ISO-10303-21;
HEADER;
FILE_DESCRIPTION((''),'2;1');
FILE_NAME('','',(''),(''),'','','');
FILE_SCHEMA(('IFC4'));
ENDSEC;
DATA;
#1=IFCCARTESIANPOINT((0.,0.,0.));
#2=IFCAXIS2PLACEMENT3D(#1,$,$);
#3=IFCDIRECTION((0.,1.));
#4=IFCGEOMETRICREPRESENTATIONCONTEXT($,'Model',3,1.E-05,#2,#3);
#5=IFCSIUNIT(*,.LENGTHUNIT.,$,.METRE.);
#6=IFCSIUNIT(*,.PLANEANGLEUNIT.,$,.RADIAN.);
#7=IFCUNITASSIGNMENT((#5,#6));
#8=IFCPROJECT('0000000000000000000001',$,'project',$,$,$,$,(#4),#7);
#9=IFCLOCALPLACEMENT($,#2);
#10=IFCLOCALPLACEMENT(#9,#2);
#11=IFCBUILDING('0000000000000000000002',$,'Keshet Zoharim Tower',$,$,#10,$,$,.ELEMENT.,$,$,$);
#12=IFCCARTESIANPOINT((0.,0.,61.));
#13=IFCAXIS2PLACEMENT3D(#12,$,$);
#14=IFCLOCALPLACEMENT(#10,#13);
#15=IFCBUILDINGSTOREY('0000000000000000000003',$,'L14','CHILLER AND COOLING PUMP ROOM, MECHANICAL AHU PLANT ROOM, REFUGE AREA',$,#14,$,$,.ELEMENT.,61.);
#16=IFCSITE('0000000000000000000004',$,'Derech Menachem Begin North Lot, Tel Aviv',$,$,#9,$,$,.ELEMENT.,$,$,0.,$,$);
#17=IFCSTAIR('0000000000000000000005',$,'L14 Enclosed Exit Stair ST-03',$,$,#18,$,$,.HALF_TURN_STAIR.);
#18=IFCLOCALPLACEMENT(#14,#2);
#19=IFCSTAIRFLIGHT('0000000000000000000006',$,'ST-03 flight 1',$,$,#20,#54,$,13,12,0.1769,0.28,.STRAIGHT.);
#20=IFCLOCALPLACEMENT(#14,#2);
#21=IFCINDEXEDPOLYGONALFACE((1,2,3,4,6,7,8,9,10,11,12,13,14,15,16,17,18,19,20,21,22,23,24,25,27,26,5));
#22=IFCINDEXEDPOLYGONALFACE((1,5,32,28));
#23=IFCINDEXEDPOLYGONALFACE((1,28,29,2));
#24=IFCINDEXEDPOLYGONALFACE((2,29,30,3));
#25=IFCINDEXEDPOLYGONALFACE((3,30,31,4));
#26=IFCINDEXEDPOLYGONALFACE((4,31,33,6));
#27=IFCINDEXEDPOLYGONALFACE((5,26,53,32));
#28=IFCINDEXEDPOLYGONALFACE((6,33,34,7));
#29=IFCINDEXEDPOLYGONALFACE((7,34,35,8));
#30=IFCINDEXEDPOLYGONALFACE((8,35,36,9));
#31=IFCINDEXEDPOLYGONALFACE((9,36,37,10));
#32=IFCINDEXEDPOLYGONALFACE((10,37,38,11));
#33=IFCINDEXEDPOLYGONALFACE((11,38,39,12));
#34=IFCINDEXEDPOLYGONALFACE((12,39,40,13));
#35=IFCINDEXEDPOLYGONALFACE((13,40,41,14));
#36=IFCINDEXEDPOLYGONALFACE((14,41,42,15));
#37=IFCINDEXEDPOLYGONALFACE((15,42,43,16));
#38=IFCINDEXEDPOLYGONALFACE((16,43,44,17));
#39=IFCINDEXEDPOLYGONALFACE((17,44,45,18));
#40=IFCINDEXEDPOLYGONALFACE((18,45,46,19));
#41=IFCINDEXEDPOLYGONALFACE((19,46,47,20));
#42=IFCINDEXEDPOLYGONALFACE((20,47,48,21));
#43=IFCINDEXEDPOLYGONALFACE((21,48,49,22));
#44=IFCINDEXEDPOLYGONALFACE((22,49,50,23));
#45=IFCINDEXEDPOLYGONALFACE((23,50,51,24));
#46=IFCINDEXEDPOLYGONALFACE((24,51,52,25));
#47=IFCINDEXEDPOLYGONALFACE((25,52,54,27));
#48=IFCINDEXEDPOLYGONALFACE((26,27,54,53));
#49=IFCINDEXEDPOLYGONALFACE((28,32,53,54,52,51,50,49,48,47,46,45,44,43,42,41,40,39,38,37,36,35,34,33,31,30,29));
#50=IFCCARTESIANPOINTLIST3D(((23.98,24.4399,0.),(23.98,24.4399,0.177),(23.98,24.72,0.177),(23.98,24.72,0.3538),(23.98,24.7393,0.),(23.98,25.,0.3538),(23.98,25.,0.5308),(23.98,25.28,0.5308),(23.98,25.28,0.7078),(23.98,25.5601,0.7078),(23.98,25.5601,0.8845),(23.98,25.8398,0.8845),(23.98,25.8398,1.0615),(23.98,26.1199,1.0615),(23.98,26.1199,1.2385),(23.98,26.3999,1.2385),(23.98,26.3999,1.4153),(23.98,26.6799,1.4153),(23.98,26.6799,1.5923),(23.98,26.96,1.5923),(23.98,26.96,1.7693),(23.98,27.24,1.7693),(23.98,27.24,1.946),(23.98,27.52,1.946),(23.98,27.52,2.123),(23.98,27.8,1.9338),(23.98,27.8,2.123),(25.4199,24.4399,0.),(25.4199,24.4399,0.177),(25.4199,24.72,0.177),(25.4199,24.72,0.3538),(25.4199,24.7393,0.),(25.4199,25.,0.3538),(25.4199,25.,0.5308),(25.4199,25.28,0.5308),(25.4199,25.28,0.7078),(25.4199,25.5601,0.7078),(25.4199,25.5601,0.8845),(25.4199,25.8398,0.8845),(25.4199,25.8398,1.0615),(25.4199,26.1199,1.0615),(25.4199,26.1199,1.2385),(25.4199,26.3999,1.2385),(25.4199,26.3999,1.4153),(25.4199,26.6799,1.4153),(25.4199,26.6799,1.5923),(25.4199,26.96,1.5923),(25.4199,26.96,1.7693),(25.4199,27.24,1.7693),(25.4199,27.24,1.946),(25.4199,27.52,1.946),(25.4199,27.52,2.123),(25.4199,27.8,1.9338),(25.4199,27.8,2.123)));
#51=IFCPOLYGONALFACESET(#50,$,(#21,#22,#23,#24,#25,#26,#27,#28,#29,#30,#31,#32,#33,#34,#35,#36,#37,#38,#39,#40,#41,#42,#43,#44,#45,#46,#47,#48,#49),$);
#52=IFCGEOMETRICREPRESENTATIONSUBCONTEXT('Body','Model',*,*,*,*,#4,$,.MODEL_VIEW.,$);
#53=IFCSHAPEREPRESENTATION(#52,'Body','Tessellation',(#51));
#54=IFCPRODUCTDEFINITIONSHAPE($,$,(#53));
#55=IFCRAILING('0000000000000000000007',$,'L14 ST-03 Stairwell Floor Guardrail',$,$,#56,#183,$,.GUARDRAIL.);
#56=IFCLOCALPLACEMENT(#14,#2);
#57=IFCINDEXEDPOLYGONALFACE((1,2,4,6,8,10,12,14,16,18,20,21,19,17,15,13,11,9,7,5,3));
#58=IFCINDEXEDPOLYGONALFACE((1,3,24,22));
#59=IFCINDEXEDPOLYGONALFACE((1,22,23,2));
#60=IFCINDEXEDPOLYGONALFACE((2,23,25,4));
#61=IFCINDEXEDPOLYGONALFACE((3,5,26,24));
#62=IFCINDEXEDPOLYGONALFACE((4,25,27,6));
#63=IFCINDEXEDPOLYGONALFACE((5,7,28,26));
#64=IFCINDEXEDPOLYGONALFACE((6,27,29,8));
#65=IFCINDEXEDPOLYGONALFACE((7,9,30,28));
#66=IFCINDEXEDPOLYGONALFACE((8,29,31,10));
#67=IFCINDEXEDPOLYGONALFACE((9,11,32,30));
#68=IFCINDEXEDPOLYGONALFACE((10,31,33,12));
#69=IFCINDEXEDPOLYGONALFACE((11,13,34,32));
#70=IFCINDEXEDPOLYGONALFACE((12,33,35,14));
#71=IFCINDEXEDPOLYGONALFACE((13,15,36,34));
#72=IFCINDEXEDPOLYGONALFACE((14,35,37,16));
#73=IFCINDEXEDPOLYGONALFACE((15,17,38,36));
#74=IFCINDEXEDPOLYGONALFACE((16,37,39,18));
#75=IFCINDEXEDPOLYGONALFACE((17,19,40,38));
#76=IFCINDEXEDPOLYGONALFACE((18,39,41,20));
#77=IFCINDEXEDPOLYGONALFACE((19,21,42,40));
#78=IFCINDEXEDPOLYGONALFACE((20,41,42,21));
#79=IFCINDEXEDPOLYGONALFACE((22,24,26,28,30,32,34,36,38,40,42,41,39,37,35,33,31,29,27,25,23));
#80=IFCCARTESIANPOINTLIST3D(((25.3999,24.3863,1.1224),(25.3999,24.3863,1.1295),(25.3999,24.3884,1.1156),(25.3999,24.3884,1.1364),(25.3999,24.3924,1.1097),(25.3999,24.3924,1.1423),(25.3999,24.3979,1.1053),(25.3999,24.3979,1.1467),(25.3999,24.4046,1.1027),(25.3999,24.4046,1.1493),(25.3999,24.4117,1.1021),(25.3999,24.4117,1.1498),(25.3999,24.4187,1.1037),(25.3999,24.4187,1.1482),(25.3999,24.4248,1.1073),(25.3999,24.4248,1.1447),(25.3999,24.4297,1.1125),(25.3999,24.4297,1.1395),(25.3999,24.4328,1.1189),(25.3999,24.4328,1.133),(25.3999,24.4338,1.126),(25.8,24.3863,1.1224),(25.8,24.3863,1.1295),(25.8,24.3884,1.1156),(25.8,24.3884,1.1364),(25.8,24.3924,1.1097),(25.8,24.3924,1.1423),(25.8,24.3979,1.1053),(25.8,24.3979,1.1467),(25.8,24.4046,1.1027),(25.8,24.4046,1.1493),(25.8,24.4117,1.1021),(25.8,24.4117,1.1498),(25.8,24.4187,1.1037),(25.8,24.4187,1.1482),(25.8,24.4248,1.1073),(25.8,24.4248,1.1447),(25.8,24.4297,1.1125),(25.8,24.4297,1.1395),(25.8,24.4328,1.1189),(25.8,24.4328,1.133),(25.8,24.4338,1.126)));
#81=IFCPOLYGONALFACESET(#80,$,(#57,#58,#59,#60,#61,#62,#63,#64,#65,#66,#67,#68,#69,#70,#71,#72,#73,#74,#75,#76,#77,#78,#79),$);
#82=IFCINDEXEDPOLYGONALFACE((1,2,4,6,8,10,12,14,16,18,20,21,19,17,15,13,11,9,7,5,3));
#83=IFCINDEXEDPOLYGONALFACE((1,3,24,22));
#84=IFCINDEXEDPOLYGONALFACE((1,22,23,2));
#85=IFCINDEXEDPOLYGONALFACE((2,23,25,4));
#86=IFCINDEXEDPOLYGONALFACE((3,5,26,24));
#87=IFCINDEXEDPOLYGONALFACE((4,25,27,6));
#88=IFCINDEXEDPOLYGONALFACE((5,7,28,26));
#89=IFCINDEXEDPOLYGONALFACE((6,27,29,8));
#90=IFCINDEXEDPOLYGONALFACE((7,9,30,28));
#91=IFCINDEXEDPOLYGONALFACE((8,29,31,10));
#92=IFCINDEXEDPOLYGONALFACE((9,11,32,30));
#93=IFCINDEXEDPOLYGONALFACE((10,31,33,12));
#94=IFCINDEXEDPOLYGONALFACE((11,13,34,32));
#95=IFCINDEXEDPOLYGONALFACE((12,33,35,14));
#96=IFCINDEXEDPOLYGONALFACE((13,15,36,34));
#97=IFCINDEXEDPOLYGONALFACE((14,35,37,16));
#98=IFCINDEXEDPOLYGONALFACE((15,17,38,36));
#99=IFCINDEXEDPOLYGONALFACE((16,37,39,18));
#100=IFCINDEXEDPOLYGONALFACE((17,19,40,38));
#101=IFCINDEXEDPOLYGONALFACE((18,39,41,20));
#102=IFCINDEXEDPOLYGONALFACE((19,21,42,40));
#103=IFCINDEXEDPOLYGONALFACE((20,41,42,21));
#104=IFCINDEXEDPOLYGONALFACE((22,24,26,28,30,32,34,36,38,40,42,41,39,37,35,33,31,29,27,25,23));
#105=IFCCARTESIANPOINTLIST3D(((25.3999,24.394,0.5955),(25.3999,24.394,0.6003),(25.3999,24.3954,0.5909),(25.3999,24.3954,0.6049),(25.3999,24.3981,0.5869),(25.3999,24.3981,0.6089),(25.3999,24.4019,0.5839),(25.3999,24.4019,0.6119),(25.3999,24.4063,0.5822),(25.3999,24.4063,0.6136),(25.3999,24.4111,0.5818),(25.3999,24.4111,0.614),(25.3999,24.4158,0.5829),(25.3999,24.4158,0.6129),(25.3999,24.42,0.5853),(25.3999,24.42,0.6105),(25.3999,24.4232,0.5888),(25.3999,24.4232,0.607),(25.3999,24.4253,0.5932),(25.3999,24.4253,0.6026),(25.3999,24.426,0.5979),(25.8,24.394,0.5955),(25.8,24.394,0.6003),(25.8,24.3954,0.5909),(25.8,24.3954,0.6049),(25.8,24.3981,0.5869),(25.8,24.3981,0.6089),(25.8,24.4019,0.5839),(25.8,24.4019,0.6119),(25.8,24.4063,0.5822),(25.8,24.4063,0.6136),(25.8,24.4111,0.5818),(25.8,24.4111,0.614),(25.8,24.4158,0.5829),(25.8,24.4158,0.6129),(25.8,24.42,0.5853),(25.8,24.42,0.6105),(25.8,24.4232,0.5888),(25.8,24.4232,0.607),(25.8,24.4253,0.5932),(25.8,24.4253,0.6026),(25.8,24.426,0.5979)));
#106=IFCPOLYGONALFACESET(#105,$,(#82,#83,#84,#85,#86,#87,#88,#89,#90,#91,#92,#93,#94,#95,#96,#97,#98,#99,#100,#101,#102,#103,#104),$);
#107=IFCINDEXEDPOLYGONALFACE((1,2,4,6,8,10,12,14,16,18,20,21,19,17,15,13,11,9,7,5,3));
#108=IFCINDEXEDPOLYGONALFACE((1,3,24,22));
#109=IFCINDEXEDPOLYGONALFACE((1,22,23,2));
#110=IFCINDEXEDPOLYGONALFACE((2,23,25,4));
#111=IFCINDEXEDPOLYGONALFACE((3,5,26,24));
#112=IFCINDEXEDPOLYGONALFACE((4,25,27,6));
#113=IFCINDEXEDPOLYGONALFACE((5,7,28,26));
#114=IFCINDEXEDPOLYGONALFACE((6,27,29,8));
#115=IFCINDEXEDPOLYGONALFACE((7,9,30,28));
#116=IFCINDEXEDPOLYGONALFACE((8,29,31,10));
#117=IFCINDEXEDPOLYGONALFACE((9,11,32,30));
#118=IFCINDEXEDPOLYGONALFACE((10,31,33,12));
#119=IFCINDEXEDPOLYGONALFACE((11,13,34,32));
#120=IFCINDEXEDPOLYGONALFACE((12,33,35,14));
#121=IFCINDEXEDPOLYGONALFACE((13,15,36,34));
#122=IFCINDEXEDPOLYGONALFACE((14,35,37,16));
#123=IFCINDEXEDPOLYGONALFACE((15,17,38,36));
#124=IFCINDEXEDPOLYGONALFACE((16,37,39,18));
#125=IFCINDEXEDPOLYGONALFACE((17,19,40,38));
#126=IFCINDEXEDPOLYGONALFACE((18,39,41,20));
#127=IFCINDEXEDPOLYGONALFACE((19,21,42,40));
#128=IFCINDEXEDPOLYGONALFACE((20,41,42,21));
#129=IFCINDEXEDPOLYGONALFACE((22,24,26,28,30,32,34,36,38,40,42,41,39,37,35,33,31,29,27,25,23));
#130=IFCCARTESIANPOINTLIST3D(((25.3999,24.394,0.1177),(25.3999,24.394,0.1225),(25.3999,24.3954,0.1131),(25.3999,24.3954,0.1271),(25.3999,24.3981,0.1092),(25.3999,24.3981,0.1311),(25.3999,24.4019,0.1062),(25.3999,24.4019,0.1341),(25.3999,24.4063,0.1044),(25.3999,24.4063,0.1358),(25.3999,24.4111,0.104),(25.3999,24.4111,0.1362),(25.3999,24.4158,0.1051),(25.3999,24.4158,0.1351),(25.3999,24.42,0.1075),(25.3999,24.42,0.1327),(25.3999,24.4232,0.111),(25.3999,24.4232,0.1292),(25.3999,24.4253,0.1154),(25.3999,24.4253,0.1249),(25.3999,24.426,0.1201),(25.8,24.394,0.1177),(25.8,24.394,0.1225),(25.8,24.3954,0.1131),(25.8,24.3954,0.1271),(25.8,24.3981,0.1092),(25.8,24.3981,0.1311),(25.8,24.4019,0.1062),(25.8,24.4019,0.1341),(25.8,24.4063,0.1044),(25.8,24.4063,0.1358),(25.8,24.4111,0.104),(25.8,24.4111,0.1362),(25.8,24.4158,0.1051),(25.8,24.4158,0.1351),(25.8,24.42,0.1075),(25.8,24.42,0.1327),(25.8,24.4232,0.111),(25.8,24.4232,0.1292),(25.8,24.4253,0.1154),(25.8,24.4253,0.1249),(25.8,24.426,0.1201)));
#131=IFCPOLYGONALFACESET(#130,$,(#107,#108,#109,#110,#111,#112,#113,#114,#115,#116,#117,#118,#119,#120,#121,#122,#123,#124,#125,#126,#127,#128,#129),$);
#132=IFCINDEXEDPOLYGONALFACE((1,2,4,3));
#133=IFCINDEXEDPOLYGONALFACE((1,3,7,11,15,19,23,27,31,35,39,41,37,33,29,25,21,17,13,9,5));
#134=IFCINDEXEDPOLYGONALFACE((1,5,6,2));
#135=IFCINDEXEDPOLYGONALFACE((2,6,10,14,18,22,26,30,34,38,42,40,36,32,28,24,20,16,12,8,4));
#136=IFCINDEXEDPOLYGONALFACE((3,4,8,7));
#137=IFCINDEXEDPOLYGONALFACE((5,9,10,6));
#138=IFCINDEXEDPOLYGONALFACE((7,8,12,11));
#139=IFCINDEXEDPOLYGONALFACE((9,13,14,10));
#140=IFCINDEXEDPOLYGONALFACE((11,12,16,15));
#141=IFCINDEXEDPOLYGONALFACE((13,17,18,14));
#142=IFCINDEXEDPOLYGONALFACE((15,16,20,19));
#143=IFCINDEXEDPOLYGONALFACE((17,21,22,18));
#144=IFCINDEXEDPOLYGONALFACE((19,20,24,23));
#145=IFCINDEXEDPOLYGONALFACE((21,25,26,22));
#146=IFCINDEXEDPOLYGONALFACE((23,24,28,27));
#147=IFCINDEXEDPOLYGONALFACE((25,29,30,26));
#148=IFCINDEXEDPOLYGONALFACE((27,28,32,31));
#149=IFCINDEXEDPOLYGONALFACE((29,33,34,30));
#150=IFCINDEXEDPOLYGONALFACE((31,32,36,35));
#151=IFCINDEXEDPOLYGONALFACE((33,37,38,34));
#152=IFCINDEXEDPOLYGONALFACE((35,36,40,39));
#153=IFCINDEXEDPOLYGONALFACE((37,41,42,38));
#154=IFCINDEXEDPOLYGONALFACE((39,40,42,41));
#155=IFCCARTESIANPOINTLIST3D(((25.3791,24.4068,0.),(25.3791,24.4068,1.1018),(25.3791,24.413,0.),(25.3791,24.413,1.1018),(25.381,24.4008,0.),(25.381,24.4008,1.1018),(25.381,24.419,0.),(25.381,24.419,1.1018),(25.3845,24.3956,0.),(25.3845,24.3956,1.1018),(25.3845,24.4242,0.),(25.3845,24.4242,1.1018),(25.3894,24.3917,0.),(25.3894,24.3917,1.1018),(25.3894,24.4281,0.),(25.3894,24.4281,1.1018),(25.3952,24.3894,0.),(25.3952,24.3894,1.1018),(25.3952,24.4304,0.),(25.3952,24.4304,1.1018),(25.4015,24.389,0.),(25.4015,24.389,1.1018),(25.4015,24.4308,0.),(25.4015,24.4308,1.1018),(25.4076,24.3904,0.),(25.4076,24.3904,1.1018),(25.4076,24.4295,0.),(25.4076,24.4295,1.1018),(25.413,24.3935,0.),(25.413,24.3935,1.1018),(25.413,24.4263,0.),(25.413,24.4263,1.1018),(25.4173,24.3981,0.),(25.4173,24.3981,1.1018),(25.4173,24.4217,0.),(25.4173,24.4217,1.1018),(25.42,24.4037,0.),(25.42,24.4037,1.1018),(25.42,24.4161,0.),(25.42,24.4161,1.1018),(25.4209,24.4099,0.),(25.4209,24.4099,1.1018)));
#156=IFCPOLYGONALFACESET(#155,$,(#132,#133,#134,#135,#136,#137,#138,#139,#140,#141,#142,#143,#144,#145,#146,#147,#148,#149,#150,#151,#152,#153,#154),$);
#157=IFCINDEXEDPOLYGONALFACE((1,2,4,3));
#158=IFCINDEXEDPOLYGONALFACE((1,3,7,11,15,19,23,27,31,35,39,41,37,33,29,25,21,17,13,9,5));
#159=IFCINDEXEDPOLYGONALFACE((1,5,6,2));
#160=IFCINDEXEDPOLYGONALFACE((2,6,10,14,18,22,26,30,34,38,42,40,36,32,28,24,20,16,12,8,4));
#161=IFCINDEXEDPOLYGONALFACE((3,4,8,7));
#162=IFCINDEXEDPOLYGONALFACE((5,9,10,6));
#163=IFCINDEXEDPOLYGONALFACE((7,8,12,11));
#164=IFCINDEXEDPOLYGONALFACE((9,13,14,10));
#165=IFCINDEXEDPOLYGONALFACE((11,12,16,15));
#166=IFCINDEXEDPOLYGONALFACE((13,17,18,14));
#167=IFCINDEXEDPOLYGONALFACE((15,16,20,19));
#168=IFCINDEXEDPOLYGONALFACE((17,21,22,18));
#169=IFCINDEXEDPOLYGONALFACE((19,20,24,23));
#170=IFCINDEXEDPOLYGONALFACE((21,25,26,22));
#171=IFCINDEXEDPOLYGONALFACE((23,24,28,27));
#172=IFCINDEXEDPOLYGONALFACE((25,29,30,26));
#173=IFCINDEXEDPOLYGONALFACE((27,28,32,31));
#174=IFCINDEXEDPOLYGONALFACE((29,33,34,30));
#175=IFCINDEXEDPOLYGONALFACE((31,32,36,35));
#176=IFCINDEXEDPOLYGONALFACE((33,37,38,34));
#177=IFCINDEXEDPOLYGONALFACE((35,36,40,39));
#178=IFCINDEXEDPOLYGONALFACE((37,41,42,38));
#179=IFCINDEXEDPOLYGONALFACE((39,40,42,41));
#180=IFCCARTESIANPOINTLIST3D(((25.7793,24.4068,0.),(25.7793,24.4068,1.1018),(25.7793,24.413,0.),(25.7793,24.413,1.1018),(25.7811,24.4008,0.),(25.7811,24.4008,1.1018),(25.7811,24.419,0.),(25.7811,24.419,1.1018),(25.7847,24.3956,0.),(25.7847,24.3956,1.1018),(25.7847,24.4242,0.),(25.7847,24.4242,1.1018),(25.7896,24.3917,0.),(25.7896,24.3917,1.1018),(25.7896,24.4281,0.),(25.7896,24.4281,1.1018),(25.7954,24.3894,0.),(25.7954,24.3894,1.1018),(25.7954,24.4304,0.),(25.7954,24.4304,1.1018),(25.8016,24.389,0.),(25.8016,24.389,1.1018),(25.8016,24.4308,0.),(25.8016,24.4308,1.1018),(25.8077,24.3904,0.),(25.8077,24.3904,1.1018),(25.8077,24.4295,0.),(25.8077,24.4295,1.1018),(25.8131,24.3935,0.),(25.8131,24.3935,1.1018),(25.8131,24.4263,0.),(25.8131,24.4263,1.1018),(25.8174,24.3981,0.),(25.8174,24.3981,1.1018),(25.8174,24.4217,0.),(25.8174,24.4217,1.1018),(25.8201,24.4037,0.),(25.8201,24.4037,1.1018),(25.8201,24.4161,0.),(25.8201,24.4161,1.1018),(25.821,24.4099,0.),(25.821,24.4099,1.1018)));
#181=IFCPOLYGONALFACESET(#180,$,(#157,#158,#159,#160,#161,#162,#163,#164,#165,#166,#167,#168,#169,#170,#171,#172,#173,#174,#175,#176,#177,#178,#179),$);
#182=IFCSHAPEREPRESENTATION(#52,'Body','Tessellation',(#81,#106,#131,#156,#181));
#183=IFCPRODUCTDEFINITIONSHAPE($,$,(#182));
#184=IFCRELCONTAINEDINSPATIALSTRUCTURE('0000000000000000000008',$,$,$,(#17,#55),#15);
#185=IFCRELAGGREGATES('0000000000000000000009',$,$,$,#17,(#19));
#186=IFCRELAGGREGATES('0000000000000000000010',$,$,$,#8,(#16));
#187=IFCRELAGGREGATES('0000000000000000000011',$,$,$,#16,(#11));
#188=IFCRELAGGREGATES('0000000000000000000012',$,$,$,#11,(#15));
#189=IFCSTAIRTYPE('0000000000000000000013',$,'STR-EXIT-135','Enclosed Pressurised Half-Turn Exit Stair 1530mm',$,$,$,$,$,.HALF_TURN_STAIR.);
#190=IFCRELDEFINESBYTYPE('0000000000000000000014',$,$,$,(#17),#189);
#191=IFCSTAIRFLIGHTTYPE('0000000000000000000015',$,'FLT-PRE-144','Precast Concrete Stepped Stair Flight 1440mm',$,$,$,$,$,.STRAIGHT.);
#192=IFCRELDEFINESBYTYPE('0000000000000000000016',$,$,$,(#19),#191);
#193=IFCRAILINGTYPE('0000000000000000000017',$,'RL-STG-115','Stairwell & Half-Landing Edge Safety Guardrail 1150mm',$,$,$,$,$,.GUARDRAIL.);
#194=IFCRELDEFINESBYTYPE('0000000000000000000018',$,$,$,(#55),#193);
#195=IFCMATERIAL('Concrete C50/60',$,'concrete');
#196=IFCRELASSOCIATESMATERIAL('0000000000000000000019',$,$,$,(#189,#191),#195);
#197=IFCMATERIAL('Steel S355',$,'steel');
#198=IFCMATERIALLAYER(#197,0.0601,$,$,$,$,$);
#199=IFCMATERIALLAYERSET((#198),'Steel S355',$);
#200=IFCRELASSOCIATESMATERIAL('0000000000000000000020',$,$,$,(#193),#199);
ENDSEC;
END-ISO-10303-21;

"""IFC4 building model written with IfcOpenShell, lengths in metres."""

from ifc_helpers import new_model, si_unit, direction, frame, origin, origin_2d, place, context, subcontext, project, spatial, polyline, circle, outline, extrude, material, layer, layer_set, type_object, element, aggregate, save


model = new_model("IFC4")

# Units and contexts
model_context = context("Model", 3, precision=1e-05, world=origin(), true_north=direction((0.0, 1.0)))
body_context = subcontext(model_context, "Body", "Model", "MODEL_VIEW")
ifc_project = project(units=[si_unit("LENGTHUNIT", "METRE"), si_unit("PLANEANGLEUNIT", "RADIAN")], contexts=[model_context])

# Site, building, storey
site_placement = place(None, origin())
site = spatial("IfcSite", under=ifc_project, at=site_placement, Name="Derech Menachem Begin North Lot, Tel Aviv", CompositionType="ELEMENT", RefElevation=0.0)
building_placement = place(site_placement, origin())
building = spatial("IfcBuilding", under=site, at=building_placement, Name="Keshet Zoharim Tower", CompositionType="ELEMENT")
storey_placement = place(building_placement, frame((0.0, 0.0, 61.0)))
storey = spatial("IfcBuildingStorey", under=building, at=storey_placement, Name="L14", Description="CHILLER AND COOLING PUMP ROOM, MECHANICAL AHU PLANT ROOM, REFUGE AREA", CompositionType="ELEMENT", Elevation=61.0)

# Shared definitions
ifc_material_1 = material(Name="Steel S355", Category="steel")

# Stair, stair flight
ifc_material_2 = material(Name="Concrete C50/60", Category="concrete")
stair_type = type_object("IfcStairType", Name="STR-EXIT-135", Description="Enclosed Pressurised Half-Turn Exit Stair 1530mm", PredefinedType="HALF_TURN_STAIR", material=ifc_material_2)
stair_placement = place(storey_placement, origin())
stair = element("IfcStair", 1, at=stair_placement, inside=storey, type_object=stair_type, Name="L14 Enclosed Exit Stair ST-03", PredefinedType="HALF_TURN_STAIR")
stair_flight_type = type_object("IfcStairFlightType", Name="FLT-PRE-144", Description="Precast Concrete Stepped Stair Flight 1440mm", PredefinedType="STRAIGHT", material=ifc_material_2)
stair_flight_placement = place(storey_placement, frame((24.7, 24.4399, 0.0), z_axis=(0.0, 0.0, 1.0), x_axis=(0.0, 1.0, 0.0)))
stair_flight = element("IfcStairFlight", 2, at=stair_flight_placement, type_object=stair_flight_type, Name="ST-03 flight 1", NumberOfRisers=13, NumberOfTreads=12, PredefinedType="STRAIGHT", RiserHeight=0.1769, TreadLength=0.28, context=body_context, shape_type="SweptSolid", body=[
    extrude(outline(polyline([(0.0, 0.0), (0.0, 0.177), (0.28, 0.177), (0.28, 0.3538), (0.5601, 0.3538), (0.5601, 0.5308), (0.8401, 0.5308), (0.8401, 0.7078), (1.1201, 0.7078), (1.1201, 0.8845), (1.3999, 0.8845), (1.3999, 1.0615), (1.6799, 1.0615), (1.6799, 1.2385), (1.96, 1.2385), (1.96, 1.4153), (2.24, 1.4153), (2.24, 1.5923), (2.52, 1.5923), (2.52, 1.7693), (2.8, 1.7693), (2.8, 1.946), (3.0801, 1.946), (3.0801, 2.123), (3.3601, 2.123), (3.3601, 2.3), (3.3601, 1.9338), (0.2993, 0.0), (0.0, 0.0)])), frame((0.0, 0.72, 0.0), z_axis=(0.0, -1.0, 0.0), x_axis=(1.0, 0.0, 0.0)), (0.0, 0.0, 1.0), 1.4399),
])
aggregate(stair, [stair_flight])

# Railing
ifc_layer_1 = layer(ifc_material_1, 0.0601)
ifc_layer_set_1 = layer_set([ifc_layer_1], Name="Steel S355")
railing_type_1 = type_object("IfcRailingType", Name="RL-STG-115", Description="Stairwell & Half-Landing Edge Safety Guardrail 1150mm", PredefinedType="GUARDRAIL", material=ifc_layer_set_1)
railing_1_placement = place(storey_placement, frame((25.3999, 24.4099, 0.0)))
element("IfcRailing", 3, at=railing_1_placement, inside=storey, type_object=railing_type_1, Name="L14 ST-03 Stairwell Floor Guardrail", PredefinedType="GUARDRAIL", context=body_context, shape_type="SweptSolid", body=[
    extrude(circle(Radius=0.0239, at=origin_2d()), frame((0.0, 0.0, 1.126), z_axis=(1.0, 0.0, 0.0), x_axis=(0.0, 1.0, 0.0)), (0.0, 0.0, 1.0), 0.4001),
    extrude(circle(Radius=0.0161, at=origin_2d()), frame((0.0, 0.0, 0.5979), z_axis=(1.0, 0.0, 0.0), x_axis=(0.0, 1.0, 0.0)), (0.0, 0.0, 1.0), 0.4001),
    extrude(circle(Radius=0.0161, at=origin_2d()), frame((0.0, 0.0, 0.1201), z_axis=(1.0, 0.0, 0.0), x_axis=(0.0, 1.0, 0.0)), (0.0, 0.0, 1.0), 0.4001),
    extrude(circle(Radius=0.021, at=origin_2d()), origin(), (0.0, 0.0, 1.0), 1.1018),
    extrude(circle(Radius=0.021, at=origin_2d()), frame((0.4001, 0.0, 0.0)), (0.0, 0.0, 1.0), 1.1018),
])

save(model, "model.ifc")
